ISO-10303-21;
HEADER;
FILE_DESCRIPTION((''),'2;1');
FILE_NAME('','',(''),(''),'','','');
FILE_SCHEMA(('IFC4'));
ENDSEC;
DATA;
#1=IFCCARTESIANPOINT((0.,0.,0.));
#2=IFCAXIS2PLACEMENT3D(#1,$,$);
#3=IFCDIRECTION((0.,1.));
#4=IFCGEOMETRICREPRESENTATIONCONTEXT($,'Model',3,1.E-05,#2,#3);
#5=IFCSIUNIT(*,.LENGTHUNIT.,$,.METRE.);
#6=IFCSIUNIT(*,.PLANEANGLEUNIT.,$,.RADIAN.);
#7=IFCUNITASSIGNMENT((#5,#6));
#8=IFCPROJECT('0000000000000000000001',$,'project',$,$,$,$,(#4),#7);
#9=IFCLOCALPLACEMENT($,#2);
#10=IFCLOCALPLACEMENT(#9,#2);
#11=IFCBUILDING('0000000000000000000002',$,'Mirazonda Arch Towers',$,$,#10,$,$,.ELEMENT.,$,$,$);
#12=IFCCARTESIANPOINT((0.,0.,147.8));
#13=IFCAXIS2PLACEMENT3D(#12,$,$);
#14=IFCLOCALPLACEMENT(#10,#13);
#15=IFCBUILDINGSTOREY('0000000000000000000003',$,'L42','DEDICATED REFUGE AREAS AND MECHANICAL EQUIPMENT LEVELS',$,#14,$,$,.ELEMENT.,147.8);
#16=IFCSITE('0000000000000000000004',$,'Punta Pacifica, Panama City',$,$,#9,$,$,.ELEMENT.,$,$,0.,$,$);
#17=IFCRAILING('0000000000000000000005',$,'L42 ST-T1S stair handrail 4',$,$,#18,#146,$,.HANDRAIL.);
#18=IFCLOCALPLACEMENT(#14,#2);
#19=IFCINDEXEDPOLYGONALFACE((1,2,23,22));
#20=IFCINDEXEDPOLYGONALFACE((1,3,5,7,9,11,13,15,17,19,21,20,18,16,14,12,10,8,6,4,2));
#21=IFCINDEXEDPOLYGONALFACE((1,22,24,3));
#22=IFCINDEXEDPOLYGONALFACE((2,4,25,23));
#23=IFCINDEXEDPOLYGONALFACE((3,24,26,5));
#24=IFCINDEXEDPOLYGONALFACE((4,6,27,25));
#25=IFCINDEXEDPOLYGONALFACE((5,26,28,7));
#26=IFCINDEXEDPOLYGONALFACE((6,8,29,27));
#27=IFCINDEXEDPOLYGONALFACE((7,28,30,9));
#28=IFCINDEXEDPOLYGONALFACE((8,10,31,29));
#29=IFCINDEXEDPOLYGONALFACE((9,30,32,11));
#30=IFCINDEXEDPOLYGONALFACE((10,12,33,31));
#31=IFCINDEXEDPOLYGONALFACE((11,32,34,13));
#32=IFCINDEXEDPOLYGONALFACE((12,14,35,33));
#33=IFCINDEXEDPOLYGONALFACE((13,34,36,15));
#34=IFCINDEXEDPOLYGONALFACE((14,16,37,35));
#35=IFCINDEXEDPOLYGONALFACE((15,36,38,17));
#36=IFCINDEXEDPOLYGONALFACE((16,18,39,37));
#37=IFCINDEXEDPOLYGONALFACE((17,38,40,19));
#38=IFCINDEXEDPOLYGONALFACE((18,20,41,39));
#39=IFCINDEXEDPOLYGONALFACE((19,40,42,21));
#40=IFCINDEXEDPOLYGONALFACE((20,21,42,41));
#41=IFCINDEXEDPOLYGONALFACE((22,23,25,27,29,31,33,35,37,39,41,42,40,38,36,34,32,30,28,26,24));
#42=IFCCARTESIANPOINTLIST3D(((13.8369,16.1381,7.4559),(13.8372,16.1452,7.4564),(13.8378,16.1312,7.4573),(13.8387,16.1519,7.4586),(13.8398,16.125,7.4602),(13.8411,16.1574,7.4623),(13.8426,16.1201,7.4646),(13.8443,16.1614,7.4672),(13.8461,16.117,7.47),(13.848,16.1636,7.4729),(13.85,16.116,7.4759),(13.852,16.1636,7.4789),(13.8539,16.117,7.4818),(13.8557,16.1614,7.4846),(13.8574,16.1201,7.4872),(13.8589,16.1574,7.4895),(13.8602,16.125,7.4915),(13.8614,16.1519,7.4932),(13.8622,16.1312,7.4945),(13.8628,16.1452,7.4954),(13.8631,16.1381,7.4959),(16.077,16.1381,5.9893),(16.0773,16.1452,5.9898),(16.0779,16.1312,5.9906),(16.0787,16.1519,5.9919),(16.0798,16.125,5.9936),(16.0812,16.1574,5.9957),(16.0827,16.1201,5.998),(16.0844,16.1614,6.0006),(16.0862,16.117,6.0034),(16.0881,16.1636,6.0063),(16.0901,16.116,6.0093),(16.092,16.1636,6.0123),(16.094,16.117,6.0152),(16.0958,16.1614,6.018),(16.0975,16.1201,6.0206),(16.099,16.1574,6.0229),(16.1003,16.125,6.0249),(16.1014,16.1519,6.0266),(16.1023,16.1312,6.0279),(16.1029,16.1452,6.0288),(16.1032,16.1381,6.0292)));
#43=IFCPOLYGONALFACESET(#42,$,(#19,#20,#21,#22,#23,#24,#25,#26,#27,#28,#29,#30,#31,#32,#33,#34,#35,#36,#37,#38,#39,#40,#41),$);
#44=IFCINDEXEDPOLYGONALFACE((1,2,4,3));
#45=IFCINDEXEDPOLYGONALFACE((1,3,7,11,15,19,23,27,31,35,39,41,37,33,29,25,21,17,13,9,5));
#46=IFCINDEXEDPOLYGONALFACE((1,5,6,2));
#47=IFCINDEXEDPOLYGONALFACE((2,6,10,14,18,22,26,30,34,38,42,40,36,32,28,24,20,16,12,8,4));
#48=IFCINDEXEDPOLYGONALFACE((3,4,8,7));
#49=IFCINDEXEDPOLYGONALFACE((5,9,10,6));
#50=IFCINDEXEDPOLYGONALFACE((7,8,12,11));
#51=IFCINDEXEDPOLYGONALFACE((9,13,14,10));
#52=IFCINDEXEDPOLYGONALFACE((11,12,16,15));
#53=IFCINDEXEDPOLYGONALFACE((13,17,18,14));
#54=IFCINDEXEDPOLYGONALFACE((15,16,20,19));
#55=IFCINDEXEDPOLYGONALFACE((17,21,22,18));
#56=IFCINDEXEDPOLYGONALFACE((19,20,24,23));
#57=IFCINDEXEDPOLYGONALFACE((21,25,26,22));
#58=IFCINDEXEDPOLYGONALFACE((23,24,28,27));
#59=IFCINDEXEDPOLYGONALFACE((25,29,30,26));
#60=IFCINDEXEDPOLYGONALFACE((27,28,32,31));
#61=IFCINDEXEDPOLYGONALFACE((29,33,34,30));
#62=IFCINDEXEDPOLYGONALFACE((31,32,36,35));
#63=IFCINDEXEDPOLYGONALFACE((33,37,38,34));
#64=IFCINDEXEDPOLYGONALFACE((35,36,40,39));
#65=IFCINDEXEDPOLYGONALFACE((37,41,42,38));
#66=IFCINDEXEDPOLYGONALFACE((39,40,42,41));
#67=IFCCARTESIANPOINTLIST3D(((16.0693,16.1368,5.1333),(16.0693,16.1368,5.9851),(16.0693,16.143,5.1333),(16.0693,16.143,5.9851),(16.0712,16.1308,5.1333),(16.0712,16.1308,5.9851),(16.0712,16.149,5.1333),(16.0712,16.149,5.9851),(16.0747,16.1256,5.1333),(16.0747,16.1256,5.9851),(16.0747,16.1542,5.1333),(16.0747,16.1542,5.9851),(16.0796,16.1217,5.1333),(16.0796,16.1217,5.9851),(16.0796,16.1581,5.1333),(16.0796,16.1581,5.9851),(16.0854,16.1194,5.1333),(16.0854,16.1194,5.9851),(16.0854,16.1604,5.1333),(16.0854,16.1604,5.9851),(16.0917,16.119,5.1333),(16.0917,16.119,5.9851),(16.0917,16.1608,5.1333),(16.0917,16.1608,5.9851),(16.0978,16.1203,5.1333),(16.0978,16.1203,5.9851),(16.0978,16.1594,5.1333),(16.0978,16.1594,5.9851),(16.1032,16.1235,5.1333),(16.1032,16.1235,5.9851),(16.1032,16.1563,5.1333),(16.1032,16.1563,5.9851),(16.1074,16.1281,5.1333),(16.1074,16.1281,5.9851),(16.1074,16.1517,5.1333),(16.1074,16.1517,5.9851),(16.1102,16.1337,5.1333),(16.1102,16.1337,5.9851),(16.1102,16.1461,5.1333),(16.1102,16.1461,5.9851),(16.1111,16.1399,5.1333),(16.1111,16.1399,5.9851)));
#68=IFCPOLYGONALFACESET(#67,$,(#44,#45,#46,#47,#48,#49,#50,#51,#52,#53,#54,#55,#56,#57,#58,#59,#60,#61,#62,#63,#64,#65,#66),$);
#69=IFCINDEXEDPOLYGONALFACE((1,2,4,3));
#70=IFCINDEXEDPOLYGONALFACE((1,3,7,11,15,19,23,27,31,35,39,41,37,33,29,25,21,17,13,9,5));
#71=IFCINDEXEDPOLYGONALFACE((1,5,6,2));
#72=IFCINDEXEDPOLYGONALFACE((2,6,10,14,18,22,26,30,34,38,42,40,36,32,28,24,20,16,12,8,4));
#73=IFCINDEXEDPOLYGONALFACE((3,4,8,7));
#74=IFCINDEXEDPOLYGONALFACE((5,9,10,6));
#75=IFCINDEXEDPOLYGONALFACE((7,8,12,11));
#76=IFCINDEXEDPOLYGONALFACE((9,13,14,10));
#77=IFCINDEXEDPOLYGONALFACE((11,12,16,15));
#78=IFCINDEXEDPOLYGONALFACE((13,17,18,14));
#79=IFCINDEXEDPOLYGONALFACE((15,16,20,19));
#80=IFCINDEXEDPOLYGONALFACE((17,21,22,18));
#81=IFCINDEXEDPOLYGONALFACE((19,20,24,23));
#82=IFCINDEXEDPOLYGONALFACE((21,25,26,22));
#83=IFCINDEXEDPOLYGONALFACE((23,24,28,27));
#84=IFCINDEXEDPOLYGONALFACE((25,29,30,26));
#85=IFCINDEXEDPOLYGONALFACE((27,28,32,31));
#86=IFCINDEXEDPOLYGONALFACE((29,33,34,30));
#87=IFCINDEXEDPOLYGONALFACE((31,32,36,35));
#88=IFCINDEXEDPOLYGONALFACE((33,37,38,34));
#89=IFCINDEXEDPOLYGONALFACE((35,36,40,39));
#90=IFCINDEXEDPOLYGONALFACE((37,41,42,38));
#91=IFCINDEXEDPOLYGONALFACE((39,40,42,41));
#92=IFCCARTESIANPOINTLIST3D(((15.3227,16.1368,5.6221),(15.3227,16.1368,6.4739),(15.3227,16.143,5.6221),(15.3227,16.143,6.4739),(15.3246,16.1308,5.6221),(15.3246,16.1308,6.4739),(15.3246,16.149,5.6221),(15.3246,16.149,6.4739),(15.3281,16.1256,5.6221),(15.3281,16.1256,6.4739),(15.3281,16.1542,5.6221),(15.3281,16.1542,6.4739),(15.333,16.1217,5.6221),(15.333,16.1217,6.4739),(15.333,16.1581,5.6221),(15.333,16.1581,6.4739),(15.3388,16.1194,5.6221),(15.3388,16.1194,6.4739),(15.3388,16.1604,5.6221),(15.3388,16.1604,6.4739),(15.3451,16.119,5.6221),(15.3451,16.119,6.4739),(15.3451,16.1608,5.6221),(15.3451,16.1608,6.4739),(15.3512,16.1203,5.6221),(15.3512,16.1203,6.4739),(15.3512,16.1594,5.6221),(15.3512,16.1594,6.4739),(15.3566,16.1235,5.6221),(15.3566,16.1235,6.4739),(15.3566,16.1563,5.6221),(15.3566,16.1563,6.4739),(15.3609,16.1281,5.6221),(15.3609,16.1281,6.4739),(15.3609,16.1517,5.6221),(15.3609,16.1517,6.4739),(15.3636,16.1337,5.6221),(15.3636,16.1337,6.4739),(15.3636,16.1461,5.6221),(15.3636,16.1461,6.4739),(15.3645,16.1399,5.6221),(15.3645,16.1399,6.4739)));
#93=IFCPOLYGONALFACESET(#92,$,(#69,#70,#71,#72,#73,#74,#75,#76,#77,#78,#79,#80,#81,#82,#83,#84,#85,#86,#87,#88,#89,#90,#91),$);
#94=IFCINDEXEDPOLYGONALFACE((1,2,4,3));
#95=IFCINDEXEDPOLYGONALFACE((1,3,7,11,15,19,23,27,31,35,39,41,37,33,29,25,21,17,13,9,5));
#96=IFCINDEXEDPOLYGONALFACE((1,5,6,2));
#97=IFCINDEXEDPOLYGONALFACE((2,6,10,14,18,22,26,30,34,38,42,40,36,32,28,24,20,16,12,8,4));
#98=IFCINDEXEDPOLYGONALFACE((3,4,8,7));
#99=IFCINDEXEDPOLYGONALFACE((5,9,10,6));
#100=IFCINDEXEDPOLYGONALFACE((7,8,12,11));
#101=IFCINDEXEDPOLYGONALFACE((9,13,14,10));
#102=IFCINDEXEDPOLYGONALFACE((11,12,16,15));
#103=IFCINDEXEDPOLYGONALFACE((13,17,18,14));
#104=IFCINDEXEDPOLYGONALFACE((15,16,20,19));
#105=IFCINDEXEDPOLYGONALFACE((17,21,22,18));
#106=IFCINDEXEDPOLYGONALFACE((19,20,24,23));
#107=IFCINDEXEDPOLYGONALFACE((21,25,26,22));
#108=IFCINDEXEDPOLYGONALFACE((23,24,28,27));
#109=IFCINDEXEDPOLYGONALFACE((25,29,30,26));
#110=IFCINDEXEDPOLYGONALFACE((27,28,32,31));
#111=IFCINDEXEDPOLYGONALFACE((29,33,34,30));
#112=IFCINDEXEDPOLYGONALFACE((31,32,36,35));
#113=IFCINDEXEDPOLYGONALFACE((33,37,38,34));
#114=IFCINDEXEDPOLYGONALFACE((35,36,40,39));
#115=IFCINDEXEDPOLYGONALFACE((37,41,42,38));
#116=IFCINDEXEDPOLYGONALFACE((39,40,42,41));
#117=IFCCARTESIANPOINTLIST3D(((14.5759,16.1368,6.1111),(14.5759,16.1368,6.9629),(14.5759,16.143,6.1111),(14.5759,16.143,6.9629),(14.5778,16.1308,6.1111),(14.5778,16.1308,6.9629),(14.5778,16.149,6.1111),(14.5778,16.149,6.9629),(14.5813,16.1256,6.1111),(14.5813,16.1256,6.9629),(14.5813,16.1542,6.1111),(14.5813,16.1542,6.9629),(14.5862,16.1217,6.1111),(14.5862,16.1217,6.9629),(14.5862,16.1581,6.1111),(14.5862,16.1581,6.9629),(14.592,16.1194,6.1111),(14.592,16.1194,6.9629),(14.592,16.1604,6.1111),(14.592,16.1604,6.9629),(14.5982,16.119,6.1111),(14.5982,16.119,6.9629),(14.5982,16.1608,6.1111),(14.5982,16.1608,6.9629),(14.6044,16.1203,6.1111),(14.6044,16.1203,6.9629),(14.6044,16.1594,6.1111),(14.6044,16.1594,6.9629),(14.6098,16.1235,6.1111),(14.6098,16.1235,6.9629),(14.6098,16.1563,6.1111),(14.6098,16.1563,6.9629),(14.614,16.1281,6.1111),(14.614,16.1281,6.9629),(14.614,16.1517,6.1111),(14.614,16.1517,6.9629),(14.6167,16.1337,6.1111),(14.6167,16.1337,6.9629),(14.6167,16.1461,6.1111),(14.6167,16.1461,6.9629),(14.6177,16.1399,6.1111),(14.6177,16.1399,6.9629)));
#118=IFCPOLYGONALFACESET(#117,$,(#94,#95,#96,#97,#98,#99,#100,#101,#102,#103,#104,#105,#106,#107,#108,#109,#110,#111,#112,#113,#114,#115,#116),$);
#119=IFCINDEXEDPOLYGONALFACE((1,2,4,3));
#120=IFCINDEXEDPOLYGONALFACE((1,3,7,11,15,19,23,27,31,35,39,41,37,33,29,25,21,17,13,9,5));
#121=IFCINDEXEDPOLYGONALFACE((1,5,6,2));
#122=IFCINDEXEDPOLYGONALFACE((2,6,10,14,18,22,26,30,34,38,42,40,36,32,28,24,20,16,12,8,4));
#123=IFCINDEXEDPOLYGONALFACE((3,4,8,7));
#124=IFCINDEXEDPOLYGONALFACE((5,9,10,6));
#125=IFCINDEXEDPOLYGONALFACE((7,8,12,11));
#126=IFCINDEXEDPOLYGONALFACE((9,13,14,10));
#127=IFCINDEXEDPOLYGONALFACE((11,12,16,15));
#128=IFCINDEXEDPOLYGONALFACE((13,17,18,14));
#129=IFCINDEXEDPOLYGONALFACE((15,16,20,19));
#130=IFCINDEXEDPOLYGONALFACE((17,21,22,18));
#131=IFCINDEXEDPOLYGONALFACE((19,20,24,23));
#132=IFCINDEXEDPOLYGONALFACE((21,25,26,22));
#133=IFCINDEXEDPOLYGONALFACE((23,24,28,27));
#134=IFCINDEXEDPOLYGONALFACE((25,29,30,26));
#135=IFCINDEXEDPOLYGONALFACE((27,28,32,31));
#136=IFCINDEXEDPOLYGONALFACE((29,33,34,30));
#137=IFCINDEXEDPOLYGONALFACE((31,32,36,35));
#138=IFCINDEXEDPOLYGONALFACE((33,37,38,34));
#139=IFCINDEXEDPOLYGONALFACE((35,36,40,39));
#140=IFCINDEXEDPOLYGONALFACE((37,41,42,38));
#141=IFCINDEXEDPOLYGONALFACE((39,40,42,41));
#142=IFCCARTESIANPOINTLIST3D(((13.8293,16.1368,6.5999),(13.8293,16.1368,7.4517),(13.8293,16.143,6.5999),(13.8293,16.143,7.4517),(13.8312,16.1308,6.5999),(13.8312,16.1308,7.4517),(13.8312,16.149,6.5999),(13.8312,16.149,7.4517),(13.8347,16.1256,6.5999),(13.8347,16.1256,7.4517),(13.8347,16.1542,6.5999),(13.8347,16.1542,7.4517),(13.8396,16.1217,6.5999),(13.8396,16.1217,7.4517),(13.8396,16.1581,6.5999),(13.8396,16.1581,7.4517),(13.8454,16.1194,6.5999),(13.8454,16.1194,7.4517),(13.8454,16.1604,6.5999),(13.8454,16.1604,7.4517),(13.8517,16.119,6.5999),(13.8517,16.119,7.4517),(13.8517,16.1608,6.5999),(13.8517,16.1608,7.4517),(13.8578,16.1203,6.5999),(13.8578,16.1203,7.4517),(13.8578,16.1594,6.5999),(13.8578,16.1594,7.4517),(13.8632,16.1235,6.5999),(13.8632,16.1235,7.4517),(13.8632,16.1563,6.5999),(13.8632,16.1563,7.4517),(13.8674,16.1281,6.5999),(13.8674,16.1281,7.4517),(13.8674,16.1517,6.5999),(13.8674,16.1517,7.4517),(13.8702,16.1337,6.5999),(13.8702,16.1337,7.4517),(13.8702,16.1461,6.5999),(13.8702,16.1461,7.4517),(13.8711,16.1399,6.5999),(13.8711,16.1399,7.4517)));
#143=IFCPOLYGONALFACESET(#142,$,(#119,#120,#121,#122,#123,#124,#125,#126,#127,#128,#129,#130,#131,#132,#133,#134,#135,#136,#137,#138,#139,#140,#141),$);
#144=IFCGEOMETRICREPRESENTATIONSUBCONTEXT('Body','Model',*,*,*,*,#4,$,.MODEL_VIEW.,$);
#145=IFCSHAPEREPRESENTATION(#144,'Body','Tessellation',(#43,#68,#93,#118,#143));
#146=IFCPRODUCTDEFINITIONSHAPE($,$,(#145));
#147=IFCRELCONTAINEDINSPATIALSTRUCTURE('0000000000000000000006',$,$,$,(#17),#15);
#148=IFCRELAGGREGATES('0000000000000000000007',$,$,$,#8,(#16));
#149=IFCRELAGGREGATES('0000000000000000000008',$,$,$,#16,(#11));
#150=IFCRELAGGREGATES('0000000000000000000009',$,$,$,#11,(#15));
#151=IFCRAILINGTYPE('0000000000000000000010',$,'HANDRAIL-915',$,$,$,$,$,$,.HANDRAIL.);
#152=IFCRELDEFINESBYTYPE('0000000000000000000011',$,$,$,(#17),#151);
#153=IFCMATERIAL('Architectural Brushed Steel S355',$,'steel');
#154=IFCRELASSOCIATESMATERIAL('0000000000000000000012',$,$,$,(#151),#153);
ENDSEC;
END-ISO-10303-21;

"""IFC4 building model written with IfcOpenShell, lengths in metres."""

from ifc_helpers import new_model, si_unit, direction, frame, origin, origin_2d, place, context, subcontext, project, spatial, circle, extrude, material, type_object, element, save


model = new_model("IFC4")

# Units and contexts
model_context = context("Model", 3, precision=1e-05, world=origin(), true_north=direction((0.0, 1.0)))
body_context = subcontext(model_context, "Body", "Model", "MODEL_VIEW")
ifc_project = project(units=[si_unit("LENGTHUNIT", "METRE"), si_unit("PLANEANGLEUNIT", "RADIAN")], contexts=[model_context])

# Site, building, storey
site_placement = place(None, origin())
site = spatial("IfcSite", under=ifc_project, at=site_placement, Name="Punta Pacifica, Panama City", CompositionType="ELEMENT", RefElevation=0.0)
building_placement = place(site_placement, origin())
building = spatial("IfcBuilding", under=site, at=building_placement, Name="Mirazonda Arch Towers", CompositionType="ELEMENT")
storey_placement = place(building_placement, frame((0.0, 0.0, 147.8)))
storey = spatial("IfcBuildingStorey", under=building, at=storey_placement, Name="L42", Description="DEDICATED REFUGE AREAS AND MECHANICAL EQUIPMENT LEVELS", CompositionType="ELEMENT", Elevation=147.8)

# Shared definitions
ifc_material_1 = material(Name="Architectural Brushed Steel S355", Category="steel")

# Railing
railing_type_1 = type_object("IfcRailingType", Name="HANDRAIL-915", PredefinedType="HANDRAIL", material=ifc_material_1)
railing_1_placement = place(storey_placement, frame((16.0901, 16.1399, 5.1333)))
element("IfcRailing", 1, at=railing_1_placement, inside=storey, type_object=railing_type_1, Name="L42 ST-T1S stair handrail 4", PredefinedType="HANDRAIL", context=body_context, shape_type="SweptSolid", body=[
    extrude(circle(Radius=0.0239, at=origin_2d()), frame((0.0, 0.0, 0.876), z_axis=(-0.836637, 0.0, 0.547758), x_axis=(0.0, -1.0, 0.0)), (0.0, 0.0, 1.0), 2.6775),
    extrude(circle(Radius=0.021, at=origin_2d()), origin(), (0.0, 0.0, 1.0), 0.8518),
    extrude(circle(Radius=0.021, at=origin_2d()), frame((-0.7466, 0.0, 0.4888)), (0.0, 0.0, 1.0), 0.8518),
    extrude(circle(Radius=0.021, at=origin_2d()), frame((-1.4934, 0.0, 0.9778)), (0.0, 0.0, 1.0), 0.8518),
    extrude(circle(Radius=0.021, at=origin_2d()), frame((-2.24, 0.0, 1.4666)), (0.0, 0.0, 1.0), 0.8518),
])

save(model, "model.ifc")
